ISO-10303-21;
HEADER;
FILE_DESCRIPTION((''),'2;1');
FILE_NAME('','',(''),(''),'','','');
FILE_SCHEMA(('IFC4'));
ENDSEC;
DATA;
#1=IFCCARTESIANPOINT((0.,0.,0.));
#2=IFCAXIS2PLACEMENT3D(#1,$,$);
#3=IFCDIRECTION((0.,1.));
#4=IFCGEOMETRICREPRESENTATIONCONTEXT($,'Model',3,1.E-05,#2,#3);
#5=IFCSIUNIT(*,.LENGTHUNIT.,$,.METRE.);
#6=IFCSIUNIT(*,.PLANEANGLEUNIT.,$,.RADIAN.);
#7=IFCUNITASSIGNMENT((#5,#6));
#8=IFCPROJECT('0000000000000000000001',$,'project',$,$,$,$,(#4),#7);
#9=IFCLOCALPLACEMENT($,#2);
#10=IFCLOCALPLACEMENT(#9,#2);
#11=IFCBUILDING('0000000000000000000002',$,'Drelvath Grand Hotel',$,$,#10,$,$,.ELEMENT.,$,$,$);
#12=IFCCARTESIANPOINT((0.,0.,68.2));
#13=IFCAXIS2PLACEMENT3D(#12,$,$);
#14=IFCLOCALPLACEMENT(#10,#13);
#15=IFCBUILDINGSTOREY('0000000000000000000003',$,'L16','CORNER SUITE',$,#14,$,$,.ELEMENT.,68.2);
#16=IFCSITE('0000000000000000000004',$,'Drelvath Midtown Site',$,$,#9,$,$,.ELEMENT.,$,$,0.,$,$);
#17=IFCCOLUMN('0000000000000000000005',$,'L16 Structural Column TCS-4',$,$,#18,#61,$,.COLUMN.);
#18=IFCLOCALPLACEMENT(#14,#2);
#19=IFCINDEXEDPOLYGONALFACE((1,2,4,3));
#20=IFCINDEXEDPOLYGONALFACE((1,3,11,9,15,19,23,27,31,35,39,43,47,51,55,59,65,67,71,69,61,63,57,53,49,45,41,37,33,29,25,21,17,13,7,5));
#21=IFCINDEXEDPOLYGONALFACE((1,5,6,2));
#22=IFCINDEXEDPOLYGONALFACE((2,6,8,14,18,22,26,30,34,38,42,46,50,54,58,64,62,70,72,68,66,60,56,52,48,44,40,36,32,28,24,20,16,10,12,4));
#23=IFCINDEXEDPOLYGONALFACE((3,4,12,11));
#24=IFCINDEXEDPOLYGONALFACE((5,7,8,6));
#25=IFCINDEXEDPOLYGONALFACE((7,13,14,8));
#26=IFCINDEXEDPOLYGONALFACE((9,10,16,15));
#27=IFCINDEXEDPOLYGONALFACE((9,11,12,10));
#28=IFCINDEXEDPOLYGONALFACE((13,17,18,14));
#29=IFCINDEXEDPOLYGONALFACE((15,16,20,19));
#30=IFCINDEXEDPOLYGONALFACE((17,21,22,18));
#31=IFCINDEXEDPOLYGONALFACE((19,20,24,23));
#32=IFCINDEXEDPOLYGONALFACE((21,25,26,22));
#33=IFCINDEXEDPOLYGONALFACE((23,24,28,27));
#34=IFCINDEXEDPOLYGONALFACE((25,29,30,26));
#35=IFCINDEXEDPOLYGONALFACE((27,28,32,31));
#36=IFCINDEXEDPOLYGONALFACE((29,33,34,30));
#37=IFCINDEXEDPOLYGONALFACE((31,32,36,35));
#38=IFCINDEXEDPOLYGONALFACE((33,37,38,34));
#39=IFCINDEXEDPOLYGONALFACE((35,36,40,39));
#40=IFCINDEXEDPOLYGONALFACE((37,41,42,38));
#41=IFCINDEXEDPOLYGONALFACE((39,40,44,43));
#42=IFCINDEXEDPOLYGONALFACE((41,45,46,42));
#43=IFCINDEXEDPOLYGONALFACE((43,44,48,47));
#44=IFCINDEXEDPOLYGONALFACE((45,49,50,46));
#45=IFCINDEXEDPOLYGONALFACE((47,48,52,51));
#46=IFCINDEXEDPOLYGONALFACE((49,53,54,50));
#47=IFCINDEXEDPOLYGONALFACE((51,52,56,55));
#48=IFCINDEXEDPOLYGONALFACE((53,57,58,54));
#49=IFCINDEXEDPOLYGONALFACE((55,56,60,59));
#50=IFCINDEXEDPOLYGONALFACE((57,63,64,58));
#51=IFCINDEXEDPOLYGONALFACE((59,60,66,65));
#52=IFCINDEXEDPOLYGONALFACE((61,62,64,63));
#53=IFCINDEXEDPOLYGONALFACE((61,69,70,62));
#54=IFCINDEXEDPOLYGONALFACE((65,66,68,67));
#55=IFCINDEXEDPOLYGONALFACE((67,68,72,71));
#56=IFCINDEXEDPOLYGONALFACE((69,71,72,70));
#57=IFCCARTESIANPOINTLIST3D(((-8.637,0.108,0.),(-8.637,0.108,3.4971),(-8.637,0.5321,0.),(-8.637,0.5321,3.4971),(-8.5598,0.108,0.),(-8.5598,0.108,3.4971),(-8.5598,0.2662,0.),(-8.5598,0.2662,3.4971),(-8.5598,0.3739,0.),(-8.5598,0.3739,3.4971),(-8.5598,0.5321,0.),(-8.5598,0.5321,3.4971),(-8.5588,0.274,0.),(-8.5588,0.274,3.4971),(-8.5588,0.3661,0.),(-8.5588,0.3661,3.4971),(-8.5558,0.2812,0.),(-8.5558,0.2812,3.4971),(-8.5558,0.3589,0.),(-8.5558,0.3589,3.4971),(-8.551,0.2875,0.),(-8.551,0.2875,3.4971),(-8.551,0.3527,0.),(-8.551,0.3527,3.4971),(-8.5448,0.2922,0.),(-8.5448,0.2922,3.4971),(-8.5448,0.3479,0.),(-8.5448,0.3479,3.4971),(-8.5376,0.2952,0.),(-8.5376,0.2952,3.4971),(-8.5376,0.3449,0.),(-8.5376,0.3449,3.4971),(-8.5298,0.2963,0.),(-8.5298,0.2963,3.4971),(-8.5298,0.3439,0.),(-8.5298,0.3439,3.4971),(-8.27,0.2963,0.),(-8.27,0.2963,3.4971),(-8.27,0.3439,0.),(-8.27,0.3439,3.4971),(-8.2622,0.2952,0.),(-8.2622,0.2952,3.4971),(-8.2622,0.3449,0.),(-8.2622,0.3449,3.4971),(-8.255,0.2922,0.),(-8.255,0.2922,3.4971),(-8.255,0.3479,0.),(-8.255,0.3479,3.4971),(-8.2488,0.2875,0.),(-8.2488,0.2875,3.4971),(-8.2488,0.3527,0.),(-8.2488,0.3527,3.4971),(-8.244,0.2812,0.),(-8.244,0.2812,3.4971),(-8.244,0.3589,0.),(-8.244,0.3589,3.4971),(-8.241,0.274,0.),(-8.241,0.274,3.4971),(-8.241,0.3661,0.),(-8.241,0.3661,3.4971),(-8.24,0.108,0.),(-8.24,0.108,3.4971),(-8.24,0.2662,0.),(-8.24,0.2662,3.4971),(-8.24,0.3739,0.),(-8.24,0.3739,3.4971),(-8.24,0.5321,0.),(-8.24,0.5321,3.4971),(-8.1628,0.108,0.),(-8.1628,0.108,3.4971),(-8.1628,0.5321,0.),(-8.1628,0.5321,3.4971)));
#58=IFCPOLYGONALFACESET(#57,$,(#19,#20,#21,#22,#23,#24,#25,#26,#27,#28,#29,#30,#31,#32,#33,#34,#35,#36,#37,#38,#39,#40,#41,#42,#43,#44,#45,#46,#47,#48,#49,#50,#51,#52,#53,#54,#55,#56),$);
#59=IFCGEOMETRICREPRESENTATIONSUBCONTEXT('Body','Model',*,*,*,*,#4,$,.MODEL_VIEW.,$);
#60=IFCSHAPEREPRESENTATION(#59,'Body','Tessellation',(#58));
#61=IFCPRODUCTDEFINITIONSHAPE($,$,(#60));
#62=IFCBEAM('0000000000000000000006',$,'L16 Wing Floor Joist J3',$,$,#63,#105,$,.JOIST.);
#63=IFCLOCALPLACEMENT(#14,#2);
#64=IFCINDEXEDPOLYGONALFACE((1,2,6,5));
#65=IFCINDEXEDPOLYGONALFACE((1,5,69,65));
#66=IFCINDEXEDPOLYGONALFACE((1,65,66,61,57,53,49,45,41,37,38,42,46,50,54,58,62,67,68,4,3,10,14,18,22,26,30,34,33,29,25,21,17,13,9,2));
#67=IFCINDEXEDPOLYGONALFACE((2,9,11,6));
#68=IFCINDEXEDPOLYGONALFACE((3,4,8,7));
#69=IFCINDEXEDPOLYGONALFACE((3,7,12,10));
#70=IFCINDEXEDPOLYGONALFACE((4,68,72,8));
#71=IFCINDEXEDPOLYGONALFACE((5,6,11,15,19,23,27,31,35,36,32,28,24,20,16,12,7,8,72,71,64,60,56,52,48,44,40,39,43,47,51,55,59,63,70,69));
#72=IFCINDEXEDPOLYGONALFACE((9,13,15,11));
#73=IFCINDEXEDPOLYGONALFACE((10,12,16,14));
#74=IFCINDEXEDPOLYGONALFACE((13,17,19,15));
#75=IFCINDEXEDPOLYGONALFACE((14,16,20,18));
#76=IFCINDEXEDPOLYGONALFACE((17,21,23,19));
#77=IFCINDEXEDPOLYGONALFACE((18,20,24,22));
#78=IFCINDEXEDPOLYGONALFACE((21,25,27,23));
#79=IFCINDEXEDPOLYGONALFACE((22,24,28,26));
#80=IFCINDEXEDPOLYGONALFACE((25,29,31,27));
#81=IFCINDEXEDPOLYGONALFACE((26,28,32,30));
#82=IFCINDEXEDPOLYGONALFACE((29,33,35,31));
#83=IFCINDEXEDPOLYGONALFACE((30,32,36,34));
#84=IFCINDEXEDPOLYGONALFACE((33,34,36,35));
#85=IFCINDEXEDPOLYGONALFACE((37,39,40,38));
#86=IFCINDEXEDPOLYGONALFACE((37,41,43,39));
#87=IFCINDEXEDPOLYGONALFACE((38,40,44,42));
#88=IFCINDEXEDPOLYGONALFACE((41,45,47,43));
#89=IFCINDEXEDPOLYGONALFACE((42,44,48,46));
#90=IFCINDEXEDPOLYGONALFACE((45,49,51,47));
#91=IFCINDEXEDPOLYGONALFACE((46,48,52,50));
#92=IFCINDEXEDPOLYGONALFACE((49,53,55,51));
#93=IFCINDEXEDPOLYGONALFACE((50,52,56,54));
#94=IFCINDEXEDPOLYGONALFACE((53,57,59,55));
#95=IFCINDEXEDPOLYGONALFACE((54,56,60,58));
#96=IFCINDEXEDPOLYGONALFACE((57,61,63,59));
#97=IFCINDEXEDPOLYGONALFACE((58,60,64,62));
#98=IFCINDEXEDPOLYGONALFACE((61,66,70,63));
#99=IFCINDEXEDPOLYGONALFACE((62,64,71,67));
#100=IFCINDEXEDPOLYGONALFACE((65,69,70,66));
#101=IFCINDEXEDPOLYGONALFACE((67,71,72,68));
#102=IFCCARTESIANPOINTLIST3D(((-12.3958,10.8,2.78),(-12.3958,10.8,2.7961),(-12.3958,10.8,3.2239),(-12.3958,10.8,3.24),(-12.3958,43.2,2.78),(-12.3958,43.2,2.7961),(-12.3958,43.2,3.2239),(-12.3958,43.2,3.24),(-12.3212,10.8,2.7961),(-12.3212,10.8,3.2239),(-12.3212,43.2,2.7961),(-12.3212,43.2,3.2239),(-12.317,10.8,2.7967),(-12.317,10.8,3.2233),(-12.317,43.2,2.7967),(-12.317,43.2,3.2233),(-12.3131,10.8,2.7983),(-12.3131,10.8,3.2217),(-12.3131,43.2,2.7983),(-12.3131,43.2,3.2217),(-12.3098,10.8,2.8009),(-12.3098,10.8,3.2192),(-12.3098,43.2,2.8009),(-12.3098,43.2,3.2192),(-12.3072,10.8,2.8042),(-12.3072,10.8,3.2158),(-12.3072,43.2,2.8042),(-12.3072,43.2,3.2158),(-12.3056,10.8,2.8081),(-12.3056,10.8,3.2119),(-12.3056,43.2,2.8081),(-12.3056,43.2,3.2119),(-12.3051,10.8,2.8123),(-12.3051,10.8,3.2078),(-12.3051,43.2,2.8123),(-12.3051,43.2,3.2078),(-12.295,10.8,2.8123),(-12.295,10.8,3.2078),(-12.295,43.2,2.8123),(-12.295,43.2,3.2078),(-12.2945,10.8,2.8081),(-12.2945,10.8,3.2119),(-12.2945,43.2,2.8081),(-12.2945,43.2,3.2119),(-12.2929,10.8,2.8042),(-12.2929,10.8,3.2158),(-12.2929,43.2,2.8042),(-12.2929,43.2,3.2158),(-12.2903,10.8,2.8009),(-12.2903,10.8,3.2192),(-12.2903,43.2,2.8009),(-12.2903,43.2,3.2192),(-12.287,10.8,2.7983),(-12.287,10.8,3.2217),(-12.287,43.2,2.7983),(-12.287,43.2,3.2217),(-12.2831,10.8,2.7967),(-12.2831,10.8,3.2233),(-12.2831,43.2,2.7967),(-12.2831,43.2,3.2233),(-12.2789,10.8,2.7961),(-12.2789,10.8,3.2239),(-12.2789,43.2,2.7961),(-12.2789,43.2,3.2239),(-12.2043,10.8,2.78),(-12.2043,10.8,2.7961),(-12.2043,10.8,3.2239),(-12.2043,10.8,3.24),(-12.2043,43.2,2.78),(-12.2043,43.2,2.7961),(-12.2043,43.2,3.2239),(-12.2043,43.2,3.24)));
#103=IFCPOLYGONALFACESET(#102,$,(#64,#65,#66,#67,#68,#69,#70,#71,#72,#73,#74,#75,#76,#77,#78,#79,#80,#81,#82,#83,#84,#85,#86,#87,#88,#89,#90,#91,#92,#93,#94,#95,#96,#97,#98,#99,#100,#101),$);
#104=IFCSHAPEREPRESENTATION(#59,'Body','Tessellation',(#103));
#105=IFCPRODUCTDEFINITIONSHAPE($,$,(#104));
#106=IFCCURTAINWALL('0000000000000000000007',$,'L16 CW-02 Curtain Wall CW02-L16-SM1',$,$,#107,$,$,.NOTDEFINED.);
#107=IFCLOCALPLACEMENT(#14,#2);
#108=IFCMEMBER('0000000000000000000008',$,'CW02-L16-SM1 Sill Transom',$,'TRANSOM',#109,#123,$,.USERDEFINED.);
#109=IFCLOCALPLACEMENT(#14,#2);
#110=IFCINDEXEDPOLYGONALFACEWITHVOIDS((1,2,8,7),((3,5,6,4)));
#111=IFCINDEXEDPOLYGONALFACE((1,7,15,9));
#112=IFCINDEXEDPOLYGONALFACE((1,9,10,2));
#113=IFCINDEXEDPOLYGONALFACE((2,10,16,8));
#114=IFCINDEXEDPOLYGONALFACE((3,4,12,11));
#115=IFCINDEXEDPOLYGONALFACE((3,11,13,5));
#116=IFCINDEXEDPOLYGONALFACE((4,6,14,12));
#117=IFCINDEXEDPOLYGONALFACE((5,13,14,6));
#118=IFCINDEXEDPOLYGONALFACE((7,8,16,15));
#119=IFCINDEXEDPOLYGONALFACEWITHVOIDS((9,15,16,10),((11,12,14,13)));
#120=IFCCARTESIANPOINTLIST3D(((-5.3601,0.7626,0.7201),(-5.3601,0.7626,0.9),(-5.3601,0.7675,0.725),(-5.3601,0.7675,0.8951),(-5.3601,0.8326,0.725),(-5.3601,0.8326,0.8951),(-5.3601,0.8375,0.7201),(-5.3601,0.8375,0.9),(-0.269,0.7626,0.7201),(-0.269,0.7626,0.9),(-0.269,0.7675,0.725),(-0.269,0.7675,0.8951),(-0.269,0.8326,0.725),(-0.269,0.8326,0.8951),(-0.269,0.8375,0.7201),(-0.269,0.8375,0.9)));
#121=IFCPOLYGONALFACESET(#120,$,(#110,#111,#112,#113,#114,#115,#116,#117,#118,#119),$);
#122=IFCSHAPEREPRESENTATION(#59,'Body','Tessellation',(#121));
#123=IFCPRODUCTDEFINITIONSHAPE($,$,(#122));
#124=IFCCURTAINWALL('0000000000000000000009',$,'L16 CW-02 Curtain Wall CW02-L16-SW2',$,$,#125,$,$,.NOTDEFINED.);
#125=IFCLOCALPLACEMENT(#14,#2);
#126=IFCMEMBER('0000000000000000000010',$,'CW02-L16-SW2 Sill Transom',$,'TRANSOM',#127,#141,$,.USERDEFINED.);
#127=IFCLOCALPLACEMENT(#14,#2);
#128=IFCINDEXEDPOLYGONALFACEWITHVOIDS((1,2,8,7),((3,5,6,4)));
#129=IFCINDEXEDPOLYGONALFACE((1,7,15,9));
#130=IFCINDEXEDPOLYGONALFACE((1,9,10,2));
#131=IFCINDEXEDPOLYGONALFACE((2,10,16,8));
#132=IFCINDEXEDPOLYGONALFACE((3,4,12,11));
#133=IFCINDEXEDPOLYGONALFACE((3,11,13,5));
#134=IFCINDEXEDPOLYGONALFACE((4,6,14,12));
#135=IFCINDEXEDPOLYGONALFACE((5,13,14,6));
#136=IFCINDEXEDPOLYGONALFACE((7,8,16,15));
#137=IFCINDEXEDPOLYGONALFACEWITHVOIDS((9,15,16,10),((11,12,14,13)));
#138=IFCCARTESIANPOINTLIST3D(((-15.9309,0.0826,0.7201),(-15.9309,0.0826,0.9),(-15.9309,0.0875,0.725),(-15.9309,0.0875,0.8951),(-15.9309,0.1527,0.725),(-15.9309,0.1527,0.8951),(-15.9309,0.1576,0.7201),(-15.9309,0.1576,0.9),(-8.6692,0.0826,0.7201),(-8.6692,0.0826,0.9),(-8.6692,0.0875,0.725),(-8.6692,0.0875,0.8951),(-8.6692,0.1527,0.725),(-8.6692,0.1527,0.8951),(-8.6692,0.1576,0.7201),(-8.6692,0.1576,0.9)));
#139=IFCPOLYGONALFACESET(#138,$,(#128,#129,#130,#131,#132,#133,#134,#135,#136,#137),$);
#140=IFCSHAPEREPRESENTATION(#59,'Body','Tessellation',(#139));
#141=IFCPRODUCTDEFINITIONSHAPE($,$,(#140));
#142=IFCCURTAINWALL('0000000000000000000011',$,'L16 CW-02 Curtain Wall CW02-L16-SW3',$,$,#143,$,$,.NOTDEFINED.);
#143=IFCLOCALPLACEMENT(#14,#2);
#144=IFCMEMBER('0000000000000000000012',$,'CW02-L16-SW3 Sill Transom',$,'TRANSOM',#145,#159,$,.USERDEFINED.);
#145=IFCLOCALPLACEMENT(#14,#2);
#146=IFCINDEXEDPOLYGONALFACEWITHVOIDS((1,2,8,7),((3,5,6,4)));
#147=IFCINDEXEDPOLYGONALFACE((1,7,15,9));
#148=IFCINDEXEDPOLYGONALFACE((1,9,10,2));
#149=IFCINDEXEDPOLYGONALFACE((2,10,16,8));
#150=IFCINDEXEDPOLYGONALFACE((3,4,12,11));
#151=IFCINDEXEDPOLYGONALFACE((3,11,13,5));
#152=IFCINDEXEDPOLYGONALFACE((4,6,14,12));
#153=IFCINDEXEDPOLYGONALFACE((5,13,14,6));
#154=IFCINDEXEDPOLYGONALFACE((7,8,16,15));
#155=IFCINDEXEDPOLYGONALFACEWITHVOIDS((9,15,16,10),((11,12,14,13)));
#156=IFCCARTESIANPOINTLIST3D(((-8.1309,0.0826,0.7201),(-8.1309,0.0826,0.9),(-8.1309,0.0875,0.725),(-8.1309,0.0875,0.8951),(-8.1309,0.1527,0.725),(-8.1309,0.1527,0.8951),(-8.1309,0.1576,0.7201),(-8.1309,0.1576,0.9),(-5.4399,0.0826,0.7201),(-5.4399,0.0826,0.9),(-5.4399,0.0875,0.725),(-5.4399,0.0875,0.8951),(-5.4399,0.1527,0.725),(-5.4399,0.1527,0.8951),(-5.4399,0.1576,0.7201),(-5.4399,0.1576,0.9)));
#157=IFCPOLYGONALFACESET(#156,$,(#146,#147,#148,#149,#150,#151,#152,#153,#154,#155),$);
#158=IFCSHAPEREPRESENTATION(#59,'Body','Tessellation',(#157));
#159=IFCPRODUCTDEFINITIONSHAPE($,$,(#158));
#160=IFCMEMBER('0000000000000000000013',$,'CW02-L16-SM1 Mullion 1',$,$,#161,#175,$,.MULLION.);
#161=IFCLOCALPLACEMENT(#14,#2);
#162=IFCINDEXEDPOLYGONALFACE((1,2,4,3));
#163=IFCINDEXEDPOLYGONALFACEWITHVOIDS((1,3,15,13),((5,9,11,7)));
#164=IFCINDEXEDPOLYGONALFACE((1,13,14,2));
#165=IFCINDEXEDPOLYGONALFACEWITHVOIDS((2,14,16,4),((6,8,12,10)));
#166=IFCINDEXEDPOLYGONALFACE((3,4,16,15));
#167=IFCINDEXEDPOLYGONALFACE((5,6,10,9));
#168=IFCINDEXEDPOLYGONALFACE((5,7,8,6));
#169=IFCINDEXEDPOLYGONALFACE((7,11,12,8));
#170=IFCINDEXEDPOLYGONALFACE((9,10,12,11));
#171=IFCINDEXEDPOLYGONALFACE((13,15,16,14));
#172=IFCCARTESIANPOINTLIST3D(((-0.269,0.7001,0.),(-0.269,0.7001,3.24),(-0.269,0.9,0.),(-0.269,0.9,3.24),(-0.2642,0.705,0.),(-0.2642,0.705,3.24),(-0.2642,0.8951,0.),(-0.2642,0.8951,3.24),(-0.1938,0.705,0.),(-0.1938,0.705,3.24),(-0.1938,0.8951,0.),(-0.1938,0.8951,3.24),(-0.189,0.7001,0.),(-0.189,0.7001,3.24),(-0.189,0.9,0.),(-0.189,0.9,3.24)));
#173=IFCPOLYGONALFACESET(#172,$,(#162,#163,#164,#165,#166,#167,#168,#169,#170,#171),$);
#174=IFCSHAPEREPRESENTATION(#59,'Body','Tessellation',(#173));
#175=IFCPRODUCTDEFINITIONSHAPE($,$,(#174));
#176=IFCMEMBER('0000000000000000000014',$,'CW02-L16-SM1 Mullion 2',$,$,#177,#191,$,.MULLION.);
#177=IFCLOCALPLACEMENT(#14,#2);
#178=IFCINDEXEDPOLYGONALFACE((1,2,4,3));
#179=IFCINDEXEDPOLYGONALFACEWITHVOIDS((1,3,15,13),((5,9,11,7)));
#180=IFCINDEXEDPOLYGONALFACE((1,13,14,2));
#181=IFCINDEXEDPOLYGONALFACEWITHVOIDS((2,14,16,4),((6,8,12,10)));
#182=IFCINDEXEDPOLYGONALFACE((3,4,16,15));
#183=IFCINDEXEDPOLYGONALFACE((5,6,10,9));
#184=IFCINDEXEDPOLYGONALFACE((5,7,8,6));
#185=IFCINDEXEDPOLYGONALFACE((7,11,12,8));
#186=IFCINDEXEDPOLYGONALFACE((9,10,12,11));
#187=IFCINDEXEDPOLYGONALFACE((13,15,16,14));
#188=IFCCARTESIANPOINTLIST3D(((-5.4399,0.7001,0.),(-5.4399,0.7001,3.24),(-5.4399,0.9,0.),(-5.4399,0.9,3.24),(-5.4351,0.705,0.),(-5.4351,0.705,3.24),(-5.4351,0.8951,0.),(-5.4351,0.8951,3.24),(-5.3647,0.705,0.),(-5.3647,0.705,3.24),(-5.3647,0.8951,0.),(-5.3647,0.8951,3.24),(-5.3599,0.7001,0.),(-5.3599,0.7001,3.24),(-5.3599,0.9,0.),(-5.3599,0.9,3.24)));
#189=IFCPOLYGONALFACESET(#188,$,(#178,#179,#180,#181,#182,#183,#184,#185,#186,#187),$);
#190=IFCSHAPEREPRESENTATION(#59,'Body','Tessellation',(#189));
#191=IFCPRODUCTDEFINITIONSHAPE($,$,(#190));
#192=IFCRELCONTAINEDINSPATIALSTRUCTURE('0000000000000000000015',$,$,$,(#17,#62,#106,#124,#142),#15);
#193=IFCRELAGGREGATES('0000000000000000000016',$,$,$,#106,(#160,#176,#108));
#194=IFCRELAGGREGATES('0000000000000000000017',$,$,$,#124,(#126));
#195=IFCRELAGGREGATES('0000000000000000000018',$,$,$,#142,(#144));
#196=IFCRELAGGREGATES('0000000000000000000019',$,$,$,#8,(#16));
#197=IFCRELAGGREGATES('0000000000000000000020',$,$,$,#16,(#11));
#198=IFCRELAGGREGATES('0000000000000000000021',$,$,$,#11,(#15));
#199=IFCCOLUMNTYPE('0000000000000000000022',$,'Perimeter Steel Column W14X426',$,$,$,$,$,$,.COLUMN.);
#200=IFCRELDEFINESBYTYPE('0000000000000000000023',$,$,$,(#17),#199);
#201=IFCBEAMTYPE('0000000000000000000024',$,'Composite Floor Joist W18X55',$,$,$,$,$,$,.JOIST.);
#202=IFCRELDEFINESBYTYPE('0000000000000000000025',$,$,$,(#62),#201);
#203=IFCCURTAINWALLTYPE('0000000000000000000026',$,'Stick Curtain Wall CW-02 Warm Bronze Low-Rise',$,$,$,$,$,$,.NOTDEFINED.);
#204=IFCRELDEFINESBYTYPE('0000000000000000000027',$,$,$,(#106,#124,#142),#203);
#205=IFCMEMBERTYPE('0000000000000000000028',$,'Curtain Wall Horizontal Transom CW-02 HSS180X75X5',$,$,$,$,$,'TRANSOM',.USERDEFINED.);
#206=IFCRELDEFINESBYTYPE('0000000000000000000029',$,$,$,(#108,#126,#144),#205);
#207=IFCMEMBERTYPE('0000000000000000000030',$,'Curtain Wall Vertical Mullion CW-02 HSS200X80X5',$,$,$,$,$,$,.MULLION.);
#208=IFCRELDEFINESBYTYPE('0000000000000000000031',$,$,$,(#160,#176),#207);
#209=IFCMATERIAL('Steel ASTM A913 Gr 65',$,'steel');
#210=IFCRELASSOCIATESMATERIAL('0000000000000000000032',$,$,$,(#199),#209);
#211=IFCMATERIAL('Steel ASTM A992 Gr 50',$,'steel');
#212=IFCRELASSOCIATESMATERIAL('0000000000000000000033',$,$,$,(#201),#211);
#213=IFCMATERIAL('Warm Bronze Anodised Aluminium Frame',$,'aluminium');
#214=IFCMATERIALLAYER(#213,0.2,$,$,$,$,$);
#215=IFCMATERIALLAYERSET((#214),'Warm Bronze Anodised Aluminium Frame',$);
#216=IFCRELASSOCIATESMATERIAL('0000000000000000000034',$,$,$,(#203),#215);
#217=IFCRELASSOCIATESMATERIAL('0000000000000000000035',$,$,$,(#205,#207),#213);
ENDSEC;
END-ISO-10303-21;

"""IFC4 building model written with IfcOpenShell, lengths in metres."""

from ifc_helpers import new_model, si_unit, direction, frame, origin, origin_2d, place, context, subcontext, project, spatial, hollow_rectangle, i_section, extrude, material, layer, layer_set, material_profile, profile_set, type_object, element, aggregate, save


model = new_model("IFC4")

# Units and contexts
model_context = context("Model", 3, precision=1e-05, world=origin(), true_north=direction((0.0, 1.0)))
body_context = subcontext(model_context, "Body", "Model", "MODEL_VIEW")
ifc_project = project(units=[si_unit("LENGTHUNIT", "METRE"), si_unit("PLANEANGLEUNIT", "RADIAN")], contexts=[model_context])

# Site, building, storey
site_placement = place(None, origin())
site = spatial("IfcSite", under=ifc_project, at=site_placement, Name="Drelvath Midtown Site", CompositionType="ELEMENT", RefElevation=0.0)
building_placement = place(site_placement, origin())
building = spatial("IfcBuilding", under=site, at=building_placement, Name="Drelvath Grand Hotel", CompositionType="ELEMENT")
storey_placement = place(building_placement, frame((0.0, 0.0, 68.2)))
storey = spatial("IfcBuildingStorey", under=building, at=storey_placement, Name="L16", Description="CORNER SUITE", CompositionType="ELEMENT", Elevation=68.2)

# Column
ifc_material_1 = material(Name="Steel ASTM A913 Gr 65", Category="steel")
ifc_material_profile_1 = material_profile(ifc_material_1, i_section(OverallWidth=0.4241, OverallDepth=0.4741, WebThickness=0.0476, FlangeThickness=0.0771, FilletRadius=0.03, at=origin_2d()), Name="W14X426")
ifc_profile_set_1 = profile_set([ifc_material_profile_1], Name="Steel ASTM A913 Gr 65")
column_type = type_object("IfcColumnType", Name="Perimeter Steel Column W14X426", PredefinedType="COLUMN", material=ifc_profile_set_1)
column_placement = place(storey_placement, frame((-8.3999, 0.3201, 0.0), z_axis=(0.0, 0.0, 1.0), x_axis=(0.0, 1.0, 0.0)))
element("IfcColumn", 1, at=column_placement, inside=storey, type_object=column_type, Name="L16 Structural Column TCS-4", PredefinedType="COLUMN", context=body_context, shape_type="SweptSolid", body=[
    extrude(i_section(OverallWidth=0.4241, OverallDepth=0.4741, WebThickness=0.0476, FlangeThickness=0.0771, FilletRadius=0.03, at=origin_2d()), origin(), (0.0, 0.0, 1.0), 3.4971),
])

# Beam
ifc_material_2 = material(Name="Steel ASTM A992 Gr 50", Category="steel")
ifc_material_profile_2 = material_profile(ifc_material_2, i_section(OverallWidth=0.1914, OverallDepth=0.46, WebThickness=0.01, FlangeThickness=0.0161, FilletRadius=0.0161, at=origin_2d()), Name="W18X55")
ifc_profile_set_2 = profile_set([ifc_material_profile_2], Name="Steel ASTM A992 Gr 50")
beam_type_1 = type_object("IfcBeamType", Name="Composite Floor Joist W18X55", PredefinedType="JOIST", material=ifc_profile_set_2)
beam_1_placement = place(storey_placement, frame((-12.3, 10.8, 3.01), z_axis=(0.0, 1.0, 0.0), x_axis=(-1.0, 0.0, 0.0)))
element("IfcBeam", 2, at=beam_1_placement, inside=storey, type_object=beam_type_1, Name="L16 Wing Floor Joist J3", PredefinedType="JOIST", context=body_context, shape_type="SweptSolid", body=[
    extrude(i_section(OverallWidth=0.1914, OverallDepth=0.46, WebThickness=0.01, FlangeThickness=0.0161, FilletRadius=0.0161, at=origin_2d()), origin(), (0.0, 0.0, 1.0), 32.3999),
])

# Curtain walls, members
ifc_material_3 = material(Name="Warm Bronze Anodised Aluminium Frame", Category="aluminium")
ifc_layer_1 = layer(ifc_material_3, 0.2)
ifc_layer_set_1 = layer_set([ifc_layer_1], Name="Warm Bronze Anodised Aluminium Frame")
curtain_wall_type = type_object("IfcCurtainWallType", Name="Stick Curtain Wall CW-02 Warm Bronze Low-Rise", PredefinedType="NOTDEFINED", material=ifc_layer_set_1)
curtain_wall_1_placement = place(storey_placement, origin())
curtain_wall_1 = element("IfcCurtainWall", 3, at=curtain_wall_1_placement, inside=storey, type_object=curtain_wall_type, Name="L16 CW-02 Curtain Wall CW02-L16-SM1", PredefinedType="NOTDEFINED")
ifc_material_profile_3 = material_profile(ifc_material_3, hollow_rectangle(XDim=0.075, YDim=0.1799, WallThickness=0.0049, at=origin_2d()), Name="HSS180X75X5")
ifc_profile_set_3 = profile_set([ifc_material_profile_3], Name="Warm Bronze Anodised Aluminium Frame")
member_type_1 = type_object("IfcMemberType", Name="Curtain Wall Horizontal Transom CW-02 HSS180X75X5", ElementType="TRANSOM", PredefinedType="USERDEFINED", material=ifc_profile_set_3)
member_1_placement = place(storey_placement, frame((-0.269, 0.8, 0.8101), z_axis=(-1.0, 0.0, 0.0), x_axis=(0.0, -1.0, 0.0)))
member_1 = element("IfcMember", 4, at=member_1_placement, type_object=member_type_1, Name="CW02-L16-SM1 Sill Transom", ObjectType="TRANSOM", PredefinedType="USERDEFINED", context=body_context, shape_type="SweptSolid", body=[
    extrude(hollow_rectangle(XDim=0.075, YDim=0.1799, WallThickness=0.0049, at=origin_2d()), origin(), (0.0, 0.0, 1.0), 5.0911),
])
curtain_wall_2_placement = place(storey_placement, origin())
curtain_wall_2 = element("IfcCurtainWall", 5, at=curtain_wall_2_placement, inside=storey, type_object=curtain_wall_type, Name="L16 CW-02 Curtain Wall CW02-L16-SW2", PredefinedType="NOTDEFINED")
member_2_placement = place(storey_placement, frame((-8.6692, 0.1201, 0.8101), z_axis=(-1.0, 0.0, 0.0), x_axis=(0.0, -1.0, 0.0)))
member_2 = element("IfcMember", 6, at=member_2_placement, type_object=member_type_1, Name="CW02-L16-SW2 Sill Transom", ObjectType="TRANSOM", PredefinedType="USERDEFINED", context=body_context, shape_type="SweptSolid", body=[
    extrude(hollow_rectangle(XDim=0.075, YDim=0.1799, WallThickness=0.0049, at=origin_2d()), origin(), (0.0, 0.0, 1.0), 7.2617),
])
curtain_wall_3_placement = place(storey_placement, origin())
curtain_wall_3 = element("IfcCurtainWall", 7, at=curtain_wall_3_placement, inside=storey, type_object=curtain_wall_type, Name="L16 CW-02 Curtain Wall CW02-L16-SW3", PredefinedType="NOTDEFINED")
member_3_placement = place(storey_placement, frame((-5.4399, 0.1201, 0.8101), z_axis=(-1.0, 0.0, 0.0), x_axis=(0.0, -1.0, 0.0)))
member_3 = element("IfcMember", 8, at=member_3_placement, type_object=member_type_1, Name="CW02-L16-SW3 Sill Transom", ObjectType="TRANSOM", PredefinedType="USERDEFINED", context=body_context, shape_type="SweptSolid", body=[
    extrude(hollow_rectangle(XDim=0.075, YDim=0.1799, WallThickness=0.0049, at=origin_2d()), origin(), (0.0, 0.0, 1.0), 2.6909),
])

# Members
ifc_material_profile_4 = material_profile(ifc_material_3, hollow_rectangle(XDim=0.0801, YDim=0.2, WallThickness=0.0049, at=origin_2d()), Name="HSS200X80X5")
ifc_profile_set_4 = profile_set([ifc_material_profile_4], Name="Warm Bronze Anodised Aluminium Frame")
member_type_2 = type_object("IfcMemberType", Name="Curtain Wall Vertical Mullion CW-02 HSS200X80X5", PredefinedType="MULLION", material=ifc_profile_set_4)
member_4_placement = place(storey_placement, frame((-0.229, 0.8, 0.0), z_axis=(0.0, 0.0, 1.0), x_axis=(1.0, 0.0, 0.0)))
member_4 = element("IfcMember", 9, at=member_4_placement, type_object=member_type_2, Name="CW02-L16-SM1 Mullion 1", PredefinedType="MULLION", context=body_context, shape_type="SweptSolid", body=[
    extrude(hollow_rectangle(XDim=0.0801, YDim=0.2, WallThickness=0.0049, at=origin_2d()), origin(), (0.0, 0.0, 1.0), 3.24),
])
member_5_placement = place(storey_placement, frame((-5.3999, 0.8, 0.0), z_axis=(0.0, 0.0, 1.0), x_axis=(1.0, 0.0, 0.0)))
member_5 = element("IfcMember", 10, at=member_5_placement, type_object=member_type_2, Name="CW02-L16-SM1 Mullion 2", PredefinedType="MULLION", context=body_context, shape_type="SweptSolid", body=[
    extrude(hollow_rectangle(XDim=0.0801, YDim=0.2, WallThickness=0.0049, at=origin_2d()), origin(), (0.0, 0.0, 1.0), 3.24),
])

aggregate(curtain_wall_1, [member_4, member_5, member_1])
aggregate(curtain_wall_2, [member_2])
aggregate(curtain_wall_3, [member_3])

save(model, "model.ifc")
